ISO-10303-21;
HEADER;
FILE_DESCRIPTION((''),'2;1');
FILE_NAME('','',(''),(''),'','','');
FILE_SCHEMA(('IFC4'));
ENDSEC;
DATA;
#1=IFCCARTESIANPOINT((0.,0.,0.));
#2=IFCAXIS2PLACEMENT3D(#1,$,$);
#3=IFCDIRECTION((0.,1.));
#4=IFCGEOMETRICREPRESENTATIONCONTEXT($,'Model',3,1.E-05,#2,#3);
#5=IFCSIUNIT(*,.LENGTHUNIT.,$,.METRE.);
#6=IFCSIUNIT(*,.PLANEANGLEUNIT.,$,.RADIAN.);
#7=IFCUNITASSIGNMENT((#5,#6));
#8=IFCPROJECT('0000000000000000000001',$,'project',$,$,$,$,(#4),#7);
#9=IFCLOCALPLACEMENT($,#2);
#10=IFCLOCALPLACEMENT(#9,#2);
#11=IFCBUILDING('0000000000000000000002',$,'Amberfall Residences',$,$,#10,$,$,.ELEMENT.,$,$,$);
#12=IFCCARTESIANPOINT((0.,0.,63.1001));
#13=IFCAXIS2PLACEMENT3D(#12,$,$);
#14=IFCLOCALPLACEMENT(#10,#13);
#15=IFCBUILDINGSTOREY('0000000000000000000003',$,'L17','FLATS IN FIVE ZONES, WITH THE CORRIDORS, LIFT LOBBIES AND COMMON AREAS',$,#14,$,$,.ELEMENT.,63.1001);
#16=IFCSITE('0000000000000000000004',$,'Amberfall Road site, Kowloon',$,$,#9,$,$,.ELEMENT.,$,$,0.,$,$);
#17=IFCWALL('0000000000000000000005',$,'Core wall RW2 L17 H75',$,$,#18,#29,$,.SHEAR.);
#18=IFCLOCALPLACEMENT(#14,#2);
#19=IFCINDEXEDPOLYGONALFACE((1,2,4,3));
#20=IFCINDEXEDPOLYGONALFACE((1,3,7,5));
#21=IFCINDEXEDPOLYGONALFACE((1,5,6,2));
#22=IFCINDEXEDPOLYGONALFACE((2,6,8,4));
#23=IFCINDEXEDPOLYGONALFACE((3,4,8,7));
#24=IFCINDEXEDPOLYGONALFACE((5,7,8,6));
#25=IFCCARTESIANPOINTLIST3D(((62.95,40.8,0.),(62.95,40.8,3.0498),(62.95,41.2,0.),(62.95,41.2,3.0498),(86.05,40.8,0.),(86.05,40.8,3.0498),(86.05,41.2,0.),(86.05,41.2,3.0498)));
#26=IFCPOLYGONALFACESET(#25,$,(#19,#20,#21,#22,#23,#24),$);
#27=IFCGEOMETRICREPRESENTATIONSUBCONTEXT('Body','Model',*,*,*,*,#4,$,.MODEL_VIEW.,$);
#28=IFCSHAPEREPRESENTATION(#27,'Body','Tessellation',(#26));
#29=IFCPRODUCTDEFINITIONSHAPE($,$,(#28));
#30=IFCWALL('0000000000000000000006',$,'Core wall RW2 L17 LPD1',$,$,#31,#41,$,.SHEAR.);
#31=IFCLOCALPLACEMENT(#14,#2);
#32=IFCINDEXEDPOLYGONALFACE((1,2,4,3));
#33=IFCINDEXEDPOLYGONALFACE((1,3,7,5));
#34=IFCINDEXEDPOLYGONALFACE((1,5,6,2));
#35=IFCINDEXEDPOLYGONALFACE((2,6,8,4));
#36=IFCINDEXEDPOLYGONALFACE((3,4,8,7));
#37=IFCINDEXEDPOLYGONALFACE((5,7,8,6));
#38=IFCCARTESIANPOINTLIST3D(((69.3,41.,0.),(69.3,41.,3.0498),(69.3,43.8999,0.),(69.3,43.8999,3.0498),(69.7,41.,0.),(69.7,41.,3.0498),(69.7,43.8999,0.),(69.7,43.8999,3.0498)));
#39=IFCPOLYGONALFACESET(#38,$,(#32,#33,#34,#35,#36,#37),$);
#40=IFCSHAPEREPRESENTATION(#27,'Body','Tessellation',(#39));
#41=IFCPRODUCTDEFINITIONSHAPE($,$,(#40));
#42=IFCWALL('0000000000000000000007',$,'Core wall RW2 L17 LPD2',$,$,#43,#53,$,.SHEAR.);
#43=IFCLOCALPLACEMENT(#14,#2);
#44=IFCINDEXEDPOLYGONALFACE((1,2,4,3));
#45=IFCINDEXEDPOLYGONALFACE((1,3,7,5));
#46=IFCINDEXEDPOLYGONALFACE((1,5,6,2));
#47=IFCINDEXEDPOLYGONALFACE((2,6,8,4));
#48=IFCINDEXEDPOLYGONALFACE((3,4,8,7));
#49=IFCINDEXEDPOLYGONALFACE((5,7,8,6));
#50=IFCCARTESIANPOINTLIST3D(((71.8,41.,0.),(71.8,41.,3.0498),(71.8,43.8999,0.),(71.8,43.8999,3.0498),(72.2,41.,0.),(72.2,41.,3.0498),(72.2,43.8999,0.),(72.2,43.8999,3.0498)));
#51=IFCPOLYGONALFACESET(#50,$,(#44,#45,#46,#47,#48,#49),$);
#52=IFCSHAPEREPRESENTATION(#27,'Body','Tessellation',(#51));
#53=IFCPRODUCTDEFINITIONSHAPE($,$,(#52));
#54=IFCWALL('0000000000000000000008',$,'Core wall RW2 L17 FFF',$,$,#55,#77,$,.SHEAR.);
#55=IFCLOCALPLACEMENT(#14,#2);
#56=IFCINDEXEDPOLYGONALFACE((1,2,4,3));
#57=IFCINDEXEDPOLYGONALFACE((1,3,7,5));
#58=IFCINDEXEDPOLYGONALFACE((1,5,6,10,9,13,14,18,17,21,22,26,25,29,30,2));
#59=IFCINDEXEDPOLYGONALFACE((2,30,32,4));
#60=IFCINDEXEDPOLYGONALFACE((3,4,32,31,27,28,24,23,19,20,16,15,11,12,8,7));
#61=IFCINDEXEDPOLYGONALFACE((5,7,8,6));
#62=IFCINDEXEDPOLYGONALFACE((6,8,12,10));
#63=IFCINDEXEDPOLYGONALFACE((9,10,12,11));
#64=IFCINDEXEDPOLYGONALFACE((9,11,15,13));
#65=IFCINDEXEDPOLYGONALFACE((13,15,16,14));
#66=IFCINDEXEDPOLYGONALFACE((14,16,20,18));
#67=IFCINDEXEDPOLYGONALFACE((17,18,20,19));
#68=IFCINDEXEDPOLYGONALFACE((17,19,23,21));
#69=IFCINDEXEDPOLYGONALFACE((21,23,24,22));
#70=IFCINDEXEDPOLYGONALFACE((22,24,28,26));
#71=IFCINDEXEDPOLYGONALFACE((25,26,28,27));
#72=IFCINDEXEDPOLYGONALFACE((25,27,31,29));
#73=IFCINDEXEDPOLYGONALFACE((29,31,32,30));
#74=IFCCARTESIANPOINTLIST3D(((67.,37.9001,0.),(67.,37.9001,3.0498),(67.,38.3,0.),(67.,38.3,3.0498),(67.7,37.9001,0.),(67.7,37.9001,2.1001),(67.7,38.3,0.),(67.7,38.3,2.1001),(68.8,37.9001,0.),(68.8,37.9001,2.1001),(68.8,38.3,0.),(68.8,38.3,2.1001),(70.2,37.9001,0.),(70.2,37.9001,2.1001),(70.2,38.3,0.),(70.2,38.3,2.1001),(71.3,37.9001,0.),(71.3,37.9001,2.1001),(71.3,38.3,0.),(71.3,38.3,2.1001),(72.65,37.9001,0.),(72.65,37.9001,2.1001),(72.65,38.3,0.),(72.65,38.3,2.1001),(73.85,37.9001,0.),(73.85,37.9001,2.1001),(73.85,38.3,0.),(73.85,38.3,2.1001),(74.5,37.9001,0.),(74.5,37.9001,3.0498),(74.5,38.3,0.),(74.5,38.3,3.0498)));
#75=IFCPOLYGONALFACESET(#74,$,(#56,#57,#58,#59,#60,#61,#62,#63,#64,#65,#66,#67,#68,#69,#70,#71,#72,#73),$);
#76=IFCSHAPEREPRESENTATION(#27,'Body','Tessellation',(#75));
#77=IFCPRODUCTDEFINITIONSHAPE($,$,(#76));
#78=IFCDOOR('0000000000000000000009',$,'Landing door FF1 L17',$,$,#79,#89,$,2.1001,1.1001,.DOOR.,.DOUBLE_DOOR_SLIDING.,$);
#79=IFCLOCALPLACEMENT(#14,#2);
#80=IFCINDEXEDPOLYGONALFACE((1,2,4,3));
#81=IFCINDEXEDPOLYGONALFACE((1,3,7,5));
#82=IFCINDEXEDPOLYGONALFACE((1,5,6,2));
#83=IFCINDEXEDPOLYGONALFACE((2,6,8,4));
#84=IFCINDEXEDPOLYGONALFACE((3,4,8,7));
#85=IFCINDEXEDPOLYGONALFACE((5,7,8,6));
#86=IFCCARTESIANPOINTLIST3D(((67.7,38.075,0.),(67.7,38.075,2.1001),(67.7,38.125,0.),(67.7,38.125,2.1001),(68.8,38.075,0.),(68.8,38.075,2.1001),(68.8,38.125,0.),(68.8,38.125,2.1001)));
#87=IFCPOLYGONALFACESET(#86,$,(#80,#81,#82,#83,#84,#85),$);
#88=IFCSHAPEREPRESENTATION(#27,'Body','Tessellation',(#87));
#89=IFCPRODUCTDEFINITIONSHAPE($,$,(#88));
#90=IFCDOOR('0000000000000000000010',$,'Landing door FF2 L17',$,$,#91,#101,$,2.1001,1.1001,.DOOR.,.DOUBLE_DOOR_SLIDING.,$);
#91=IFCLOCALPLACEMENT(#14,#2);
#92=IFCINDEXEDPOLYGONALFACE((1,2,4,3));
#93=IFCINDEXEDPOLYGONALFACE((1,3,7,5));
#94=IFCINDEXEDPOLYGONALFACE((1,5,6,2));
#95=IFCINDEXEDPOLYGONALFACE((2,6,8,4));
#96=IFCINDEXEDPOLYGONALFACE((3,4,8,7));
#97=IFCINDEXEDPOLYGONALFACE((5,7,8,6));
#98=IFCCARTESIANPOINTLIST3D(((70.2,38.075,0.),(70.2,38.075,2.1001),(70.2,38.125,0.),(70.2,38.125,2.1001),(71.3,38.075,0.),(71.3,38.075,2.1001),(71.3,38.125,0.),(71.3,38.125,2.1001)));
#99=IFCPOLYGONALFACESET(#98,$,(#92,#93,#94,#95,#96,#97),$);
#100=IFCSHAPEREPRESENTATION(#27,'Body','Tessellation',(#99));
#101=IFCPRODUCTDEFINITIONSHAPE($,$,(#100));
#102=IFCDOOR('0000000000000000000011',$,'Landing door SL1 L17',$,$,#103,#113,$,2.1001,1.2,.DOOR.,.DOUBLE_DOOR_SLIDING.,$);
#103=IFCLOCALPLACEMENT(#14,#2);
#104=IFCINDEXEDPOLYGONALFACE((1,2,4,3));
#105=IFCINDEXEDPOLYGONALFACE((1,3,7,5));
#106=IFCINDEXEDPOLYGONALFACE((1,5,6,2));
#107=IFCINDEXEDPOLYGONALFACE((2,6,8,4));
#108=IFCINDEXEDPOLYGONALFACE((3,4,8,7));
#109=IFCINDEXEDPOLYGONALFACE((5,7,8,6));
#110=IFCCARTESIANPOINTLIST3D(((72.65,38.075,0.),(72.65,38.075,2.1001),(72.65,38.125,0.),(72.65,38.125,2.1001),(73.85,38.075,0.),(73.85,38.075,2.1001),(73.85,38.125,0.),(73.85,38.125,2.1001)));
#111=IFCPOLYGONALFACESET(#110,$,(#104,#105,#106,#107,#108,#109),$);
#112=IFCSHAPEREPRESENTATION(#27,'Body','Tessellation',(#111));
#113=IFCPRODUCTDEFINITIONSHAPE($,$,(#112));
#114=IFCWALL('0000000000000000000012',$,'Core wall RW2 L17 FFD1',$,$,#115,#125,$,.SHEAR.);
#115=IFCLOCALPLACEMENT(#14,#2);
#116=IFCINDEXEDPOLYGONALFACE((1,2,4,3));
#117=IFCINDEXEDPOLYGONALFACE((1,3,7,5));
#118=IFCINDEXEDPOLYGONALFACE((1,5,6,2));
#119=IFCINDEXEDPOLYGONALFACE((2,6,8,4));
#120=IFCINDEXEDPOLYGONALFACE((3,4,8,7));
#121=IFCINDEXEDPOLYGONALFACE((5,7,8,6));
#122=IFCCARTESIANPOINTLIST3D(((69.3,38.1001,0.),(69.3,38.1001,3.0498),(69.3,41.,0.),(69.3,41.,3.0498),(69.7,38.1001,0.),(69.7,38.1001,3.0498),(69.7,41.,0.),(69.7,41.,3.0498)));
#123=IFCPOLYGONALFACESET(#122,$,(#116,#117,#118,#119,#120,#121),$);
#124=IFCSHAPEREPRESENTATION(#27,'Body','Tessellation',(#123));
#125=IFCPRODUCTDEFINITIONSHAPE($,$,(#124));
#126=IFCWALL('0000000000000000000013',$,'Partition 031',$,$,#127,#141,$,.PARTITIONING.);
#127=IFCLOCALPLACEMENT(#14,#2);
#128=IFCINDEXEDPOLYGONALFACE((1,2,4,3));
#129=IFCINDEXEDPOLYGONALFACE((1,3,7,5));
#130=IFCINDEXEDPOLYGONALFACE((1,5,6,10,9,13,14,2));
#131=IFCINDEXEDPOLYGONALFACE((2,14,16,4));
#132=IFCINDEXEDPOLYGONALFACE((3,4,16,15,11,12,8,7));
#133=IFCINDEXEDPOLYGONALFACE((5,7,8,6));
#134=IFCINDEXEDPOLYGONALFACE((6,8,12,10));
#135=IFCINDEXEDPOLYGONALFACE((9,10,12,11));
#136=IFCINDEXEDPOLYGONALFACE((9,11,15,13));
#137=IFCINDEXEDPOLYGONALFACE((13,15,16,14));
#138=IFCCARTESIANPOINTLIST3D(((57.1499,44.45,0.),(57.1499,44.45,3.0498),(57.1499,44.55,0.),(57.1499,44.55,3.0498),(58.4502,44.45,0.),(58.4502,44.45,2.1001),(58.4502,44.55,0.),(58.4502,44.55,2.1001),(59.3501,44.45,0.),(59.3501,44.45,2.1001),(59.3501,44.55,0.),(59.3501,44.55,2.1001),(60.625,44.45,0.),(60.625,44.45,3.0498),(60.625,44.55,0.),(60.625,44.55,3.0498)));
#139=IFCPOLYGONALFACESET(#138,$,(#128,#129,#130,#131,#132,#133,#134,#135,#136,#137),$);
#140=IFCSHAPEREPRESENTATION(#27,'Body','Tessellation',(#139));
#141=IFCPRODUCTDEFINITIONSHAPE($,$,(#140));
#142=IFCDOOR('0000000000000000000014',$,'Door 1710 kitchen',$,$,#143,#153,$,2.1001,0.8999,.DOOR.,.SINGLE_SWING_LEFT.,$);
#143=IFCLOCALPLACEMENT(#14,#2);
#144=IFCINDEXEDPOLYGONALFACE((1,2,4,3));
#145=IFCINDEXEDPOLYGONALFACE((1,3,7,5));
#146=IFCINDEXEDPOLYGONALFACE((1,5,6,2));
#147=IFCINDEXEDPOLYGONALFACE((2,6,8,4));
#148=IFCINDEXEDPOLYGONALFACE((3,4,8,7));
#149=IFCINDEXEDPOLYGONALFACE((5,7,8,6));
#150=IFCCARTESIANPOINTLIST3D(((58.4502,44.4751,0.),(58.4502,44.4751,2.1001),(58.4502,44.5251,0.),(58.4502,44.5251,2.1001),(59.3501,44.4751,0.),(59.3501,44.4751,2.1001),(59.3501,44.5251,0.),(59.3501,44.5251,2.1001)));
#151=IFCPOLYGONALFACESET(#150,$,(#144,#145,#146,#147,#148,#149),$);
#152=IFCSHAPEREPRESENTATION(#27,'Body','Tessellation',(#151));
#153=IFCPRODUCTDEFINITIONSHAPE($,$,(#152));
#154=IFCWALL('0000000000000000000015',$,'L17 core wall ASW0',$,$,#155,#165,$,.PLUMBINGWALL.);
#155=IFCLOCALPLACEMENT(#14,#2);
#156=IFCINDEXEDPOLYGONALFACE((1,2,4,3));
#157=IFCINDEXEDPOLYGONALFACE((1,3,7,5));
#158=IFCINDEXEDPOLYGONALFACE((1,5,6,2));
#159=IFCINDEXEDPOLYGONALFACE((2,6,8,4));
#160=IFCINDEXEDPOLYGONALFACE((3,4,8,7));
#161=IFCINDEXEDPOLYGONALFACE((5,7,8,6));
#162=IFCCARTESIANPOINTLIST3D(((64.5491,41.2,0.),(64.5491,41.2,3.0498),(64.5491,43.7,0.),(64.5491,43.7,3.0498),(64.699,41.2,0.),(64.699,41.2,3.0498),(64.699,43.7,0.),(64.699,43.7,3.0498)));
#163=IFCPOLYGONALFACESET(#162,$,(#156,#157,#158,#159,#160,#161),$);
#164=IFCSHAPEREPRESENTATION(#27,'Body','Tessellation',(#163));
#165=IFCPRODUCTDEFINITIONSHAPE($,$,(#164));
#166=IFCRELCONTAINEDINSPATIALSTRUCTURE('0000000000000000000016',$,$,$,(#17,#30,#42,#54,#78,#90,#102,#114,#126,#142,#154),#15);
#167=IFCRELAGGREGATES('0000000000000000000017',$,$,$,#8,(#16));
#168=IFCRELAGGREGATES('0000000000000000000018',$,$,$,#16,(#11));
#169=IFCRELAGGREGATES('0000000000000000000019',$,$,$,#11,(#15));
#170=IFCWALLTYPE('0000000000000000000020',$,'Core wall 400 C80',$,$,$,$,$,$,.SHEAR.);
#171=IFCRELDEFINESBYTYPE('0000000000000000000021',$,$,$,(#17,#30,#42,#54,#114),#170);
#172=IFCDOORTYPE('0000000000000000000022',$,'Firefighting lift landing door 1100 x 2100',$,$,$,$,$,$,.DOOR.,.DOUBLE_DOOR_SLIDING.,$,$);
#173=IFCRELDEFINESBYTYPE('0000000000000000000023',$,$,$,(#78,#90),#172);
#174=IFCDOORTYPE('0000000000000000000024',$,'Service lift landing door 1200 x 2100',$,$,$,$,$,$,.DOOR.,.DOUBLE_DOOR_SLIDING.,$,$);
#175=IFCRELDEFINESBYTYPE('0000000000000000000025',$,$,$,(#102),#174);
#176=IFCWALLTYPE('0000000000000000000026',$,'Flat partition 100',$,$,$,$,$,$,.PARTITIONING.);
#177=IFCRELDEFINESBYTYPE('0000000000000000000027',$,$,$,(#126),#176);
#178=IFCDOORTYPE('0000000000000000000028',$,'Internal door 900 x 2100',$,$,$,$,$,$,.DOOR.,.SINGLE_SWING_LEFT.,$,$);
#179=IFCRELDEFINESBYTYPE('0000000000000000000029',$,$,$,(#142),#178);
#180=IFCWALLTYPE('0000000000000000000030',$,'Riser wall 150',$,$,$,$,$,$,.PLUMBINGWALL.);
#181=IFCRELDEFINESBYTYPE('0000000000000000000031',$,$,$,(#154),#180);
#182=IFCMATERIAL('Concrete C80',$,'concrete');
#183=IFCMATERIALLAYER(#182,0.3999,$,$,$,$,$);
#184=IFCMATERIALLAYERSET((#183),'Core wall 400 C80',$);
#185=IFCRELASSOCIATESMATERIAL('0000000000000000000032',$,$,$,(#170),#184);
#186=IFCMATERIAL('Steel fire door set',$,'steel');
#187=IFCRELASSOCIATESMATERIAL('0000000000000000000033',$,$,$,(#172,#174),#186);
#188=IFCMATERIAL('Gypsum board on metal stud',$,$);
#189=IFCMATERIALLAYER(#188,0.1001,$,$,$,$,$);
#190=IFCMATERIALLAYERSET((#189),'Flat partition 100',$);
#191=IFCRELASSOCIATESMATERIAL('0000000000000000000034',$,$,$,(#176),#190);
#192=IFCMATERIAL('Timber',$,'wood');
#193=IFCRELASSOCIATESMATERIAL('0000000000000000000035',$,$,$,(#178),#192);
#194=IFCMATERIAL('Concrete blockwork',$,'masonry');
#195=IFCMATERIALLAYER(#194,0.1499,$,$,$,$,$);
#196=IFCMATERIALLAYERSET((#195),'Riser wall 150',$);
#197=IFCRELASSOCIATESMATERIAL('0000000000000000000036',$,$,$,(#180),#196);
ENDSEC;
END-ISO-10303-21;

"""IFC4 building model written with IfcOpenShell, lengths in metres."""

from ifc_helpers import new_model, si_unit, direction, frame, frame_2d, origin, place, context, subcontext, project, spatial, rectangle, extrude, material, layer, layer_set, type_object, element, fill, save


model = new_model("IFC4")

# Units and contexts
model_context = context("Model", 3, precision=1e-05, world=origin(), true_north=direction((0.0, 1.0)))
body_context = subcontext(model_context, "Body", "Model", "MODEL_VIEW")
ifc_project = project(units=[si_unit("LENGTHUNIT", "METRE"), si_unit("PLANEANGLEUNIT", "RADIAN")], contexts=[model_context])

# Site, building, storey
site_placement = place(None, origin())
site = spatial("IfcSite", under=ifc_project, at=site_placement, Name="Amberfall Road site, Kowloon", CompositionType="ELEMENT", RefElevation=0.0)
building_placement = place(site_placement, origin())
building = spatial("IfcBuilding", under=site, at=building_placement, Name="Amberfall Residences", CompositionType="ELEMENT")
storey_placement = place(building_placement, frame((0.0, 0.0, 63.1001)))
storey = spatial("IfcBuildingStorey", under=building, at=storey_placement, Name="L17", Description="FLATS IN FIVE ZONES, WITH THE CORRIDORS, LIFT LOBBIES AND COMMON AREAS", CompositionType="ELEMENT", Elevation=63.1001)

# Wall
ifc_material_1 = material(Name="Concrete C80", Category="concrete")
ifc_layer_1 = layer(ifc_material_1, 0.3999)
ifc_layer_set_1 = layer_set([ifc_layer_1], Name="Core wall 400 C80")
wall_type_1 = type_object("IfcWallType", Name="Core wall 400 C80", PredefinedType="SHEAR", material=ifc_layer_set_1)
wall_1_placement = place(storey_placement, frame((62.95, 41.0, 0.0), z_axis=(0.0, 0.0, 1.0), x_axis=(1.0, 0.0, 0.0)))
element("IfcWall", 1, at=wall_1_placement, inside=storey, type_object=wall_type_1, Name="Core wall RW2 L17 H75", PredefinedType="SHEAR", context=body_context, shape_type="SweptSolid", body=[
    extrude(rectangle(XDim=23.1001, YDim=0.3999, at=frame_2d((11.55, 0.0))), origin(), (0.0, 0.0, 1.0), 3.0498),
])

# Shared definitions
ifc_material_2 = material(Name="Steel fire door set", Category="steel")

# Walls
for number, where, z_axis, x_axis, name in (
    (2, (69.5, 41.0, 0.0), (0.0, 0.0, 1.0), (0.0, 1.0, 0.0), "Core wall RW2 L17 LPD1"),
    (3, (72.0, 41.0, 0.0), (0.0, 0.0, 1.0), (0.0, 1.0, 0.0), "Core wall RW2 L17 LPD2"),
):
    element("IfcWall", number, at=place(storey_placement, frame(where, z_axis=z_axis, x_axis=x_axis)), inside=storey, type_object=wall_type_1, Name=name, PredefinedType="SHEAR", context=body_context, shape_type="SweptSolid", body=[
        extrude(rectangle(XDim=2.8999, YDim=0.3999, at=frame_2d((1.45, 0.0))), origin(), (0.0, 0.0, 1.0), 3.0498),
    ])

# Wall, openings, doors
wall_2_placement = place(storey_placement, frame((67.0, 38.1001, 0.0), z_axis=(0.0, 0.0, 1.0), x_axis=(1.0, 0.0, 0.0)))
wall_2 = element("IfcWall", 4, at=wall_2_placement, inside=storey, type_object=wall_type_1, Name="Core wall RW2 L17 FFF", PredefinedType="SHEAR", context=body_context, shape_type="SweptSolid", body=[
    extrude(rectangle(XDim=7.5, YDim=0.3999, at=frame_2d((3.75, 0.0))), origin(), (0.0, 0.0, 1.0), 3.0498),
])
opening_1_placement = place(wall_2_placement, frame((0.7, 0.0, 0.0)))
opening_1 = element("IfcOpeningElement", 5, at=opening_1_placement, cuts=wall_2, PredefinedType="OPENING", context=body_context, shape_type="SweptSolid", body=[
    extrude(rectangle(XDim=1.1001, YDim=2.1001, at=frame_2d((0.55, 1.05))), frame((0.0, 0.21, 0.0), z_axis=(0.0, -1.0, 0.0), x_axis=(1.0, 0.0, 0.0)), (0.0, 0.0, 1.0), 0.4199),
])
opening_2_placement = place(wall_2_placement, frame((3.2, 0.0, 0.0)))
opening_2 = element("IfcOpeningElement", 6, at=opening_2_placement, cuts=wall_2, PredefinedType="OPENING", context=body_context, shape_type="SweptSolid", body=[
    extrude(rectangle(XDim=1.1001, YDim=2.1001, at=frame_2d((0.55, 1.05))), frame((0.0, 0.21, 0.0), z_axis=(0.0, -1.0, 0.0), x_axis=(1.0, 0.0, 0.0)), (0.0, 0.0, 1.0), 0.4199),
])
opening_3_placement = place(wall_2_placement, frame((5.6499, 0.0, 0.0)))
opening_3 = element("IfcOpeningElement", 7, at=opening_3_placement, cuts=wall_2, PredefinedType="OPENING", context=body_context, shape_type="SweptSolid", body=[
    extrude(rectangle(XDim=1.2, YDim=2.1001, at=frame_2d((0.6001, 1.05))), frame((0.0, 0.21, 0.0), z_axis=(0.0, -1.0, 0.0), x_axis=(1.0, 0.0, 0.0)), (0.0, 0.0, 1.0), 0.4199),
])
door_type_1 = type_object("IfcDoorType", Name="Firefighting lift landing door 1100 x 2100", OperationType="DOUBLE_DOOR_SLIDING", PredefinedType="DOOR", material=ifc_material_2)
door_1_placement = place(opening_1_placement, origin())
door_1 = element("IfcDoor", 8, at=door_1_placement, inside=storey, type_object=door_type_1, Name="Landing door FF1 L17", OperationType="DOUBLE_DOOR_SLIDING", OverallHeight=2.1001, OverallWidth=1.1001, PredefinedType="DOOR", context=body_context, shape_type="SweptSolid", body=[
    extrude(rectangle(XDim=1.1001, YDim=2.1001, at=frame_2d((0.55, 1.05))), frame((0.0, 0.0249, 0.0), z_axis=(0.0, -1.0, 0.0), x_axis=(1.0, 0.0, 0.0)), (0.0, 0.0, 1.0), 0.05),
])
fill(opening_1, door_1)
door_2_placement = place(opening_2_placement, origin())
door_2 = element("IfcDoor", 9, at=door_2_placement, inside=storey, type_object=door_type_1, Name="Landing door FF2 L17", OperationType="DOUBLE_DOOR_SLIDING", OverallHeight=2.1001, OverallWidth=1.1001, PredefinedType="DOOR", context=body_context, shape_type="SweptSolid", body=[
    extrude(rectangle(XDim=1.1001, YDim=2.1001, at=frame_2d((0.55, 1.05))), frame((0.0, 0.0249, 0.0), z_axis=(0.0, -1.0, 0.0), x_axis=(1.0, 0.0, 0.0)), (0.0, 0.0, 1.0), 0.05),
])
fill(opening_2, door_2)
door_type_2 = type_object("IfcDoorType", Name="Service lift landing door 1200 x 2100", OperationType="DOUBLE_DOOR_SLIDING", PredefinedType="DOOR", material=ifc_material_2)
door_3_placement = place(opening_3_placement, origin())
door_3 = element("IfcDoor", 10, at=door_3_placement, inside=storey, type_object=door_type_2, Name="Landing door SL1 L17", OperationType="DOUBLE_DOOR_SLIDING", OverallHeight=2.1001, OverallWidth=1.2, PredefinedType="DOOR", context=body_context, shape_type="SweptSolid", body=[
    extrude(rectangle(XDim=1.2, YDim=2.1001, at=frame_2d((0.6001, 1.05))), frame((0.0, 0.0249, 0.0), z_axis=(0.0, -1.0, 0.0), x_axis=(1.0, 0.0, 0.0)), (0.0, 0.0, 1.0), 0.05),
])
fill(opening_3, door_3)

# Wall
wall_3_placement = place(storey_placement, frame((69.5, 38.1001, 0.0), z_axis=(0.0, 0.0, 1.0), x_axis=(0.0, 1.0, 0.0)))
element("IfcWall", 11, at=wall_3_placement, inside=storey, type_object=wall_type_1, Name="Core wall RW2 L17 FFD1", PredefinedType="SHEAR", context=body_context, shape_type="SweptSolid", body=[
    extrude(rectangle(XDim=2.8999, YDim=0.3999, at=frame_2d((1.45, 0.0))), origin(), (0.0, 0.0, 1.0), 3.0498),
])

# Wall, opening, door
ifc_material_3 = material(Name="Gypsum board on metal stud")
ifc_layer_2 = layer(ifc_material_3, 0.1001)
ifc_layer_set_2 = layer_set([ifc_layer_2], Name="Flat partition 100")
wall_type_2 = type_object("IfcWallType", Name="Flat partition 100", PredefinedType="PARTITIONING", material=ifc_layer_set_2)
wall_4_placement = place(storey_placement, frame((60.625, 44.5, 0.0), z_axis=(0.0, 0.0, 1.0), x_axis=(-1.0, 0.0, 0.0)))
wall_4 = element("IfcWall", 12, at=wall_4_placement, inside=storey, type_object=wall_type_2, Name="Partition 031", PredefinedType="PARTITIONING", context=body_context, shape_type="SweptSolid", body=[
    extrude(rectangle(XDim=3.4751, YDim=0.1001, at=frame_2d((1.7375, 0.0))), origin(), (0.0, 0.0, 1.0), 3.0498),
])
opening_4_placement = place(wall_4_placement, frame((1.2749, 0.0, 0.0)))
opening_4 = element("IfcOpeningElement", 13, at=opening_4_placement, cuts=wall_4, PredefinedType="OPENING", context=body_context, shape_type="SweptSolid", body=[
    extrude(rectangle(XDim=0.8999, YDim=2.1001, at=frame_2d((0.45, 1.05))), frame((0.0, 0.0601, 0.0), z_axis=(0.0, -1.0, 0.0), x_axis=(1.0, 0.0, 0.0)), (0.0, 0.0, 1.0), 0.1201),
])
ifc_material_4 = material(Name="Timber", Category="wood")
door_type_3 = type_object("IfcDoorType", Name="Internal door 900 x 2100", OperationType="SINGLE_SWING_LEFT", PredefinedType="DOOR", material=ifc_material_4)
door_4_placement = place(opening_4_placement, origin())
door_4 = element("IfcDoor", 14, at=door_4_placement, inside=storey, type_object=door_type_3, Name="Door 1710 kitchen", OperationType="SINGLE_SWING_LEFT", OverallHeight=2.1001, OverallWidth=0.8999, PredefinedType="DOOR", context=body_context, shape_type="SweptSolid", body=[
    extrude(rectangle(XDim=0.8999, YDim=2.1001, at=frame_2d((0.45, 1.05))), frame((0.0, 0.0249, 0.0), z_axis=(0.0, -1.0, 0.0), x_axis=(1.0, 0.0, 0.0)), (0.0, 0.0, 1.0), 0.05),
])
fill(opening_4, door_4)

# Wall
ifc_material_5 = material(Name="Concrete blockwork", Category="masonry")
ifc_layer_3 = layer(ifc_material_5, 0.1499)
ifc_layer_set_3 = layer_set([ifc_layer_3], Name="Riser wall 150")
wall_type_3 = type_object("IfcWallType", Name="Riser wall 150", PredefinedType="PLUMBINGWALL", material=ifc_layer_set_3)
wall_5_placement = place(storey_placement, frame((64.624, 41.2, 0.0), z_axis=(0.0, 0.0, 1.0), x_axis=(0.0, 1.0, 0.0)))
element("IfcWall", 15, at=wall_5_placement, inside=storey, type_object=wall_type_3, Name="L17 core wall ASW0", PredefinedType="PLUMBINGWALL", context=body_context, shape_type="SweptSolid", body=[
    extrude(rectangle(XDim=2.5, YDim=0.1499, at=frame_2d((1.25, 0.0))), origin(), (0.0, 0.0, 1.0), 3.0498),
])

save(model, "model.ifc")
